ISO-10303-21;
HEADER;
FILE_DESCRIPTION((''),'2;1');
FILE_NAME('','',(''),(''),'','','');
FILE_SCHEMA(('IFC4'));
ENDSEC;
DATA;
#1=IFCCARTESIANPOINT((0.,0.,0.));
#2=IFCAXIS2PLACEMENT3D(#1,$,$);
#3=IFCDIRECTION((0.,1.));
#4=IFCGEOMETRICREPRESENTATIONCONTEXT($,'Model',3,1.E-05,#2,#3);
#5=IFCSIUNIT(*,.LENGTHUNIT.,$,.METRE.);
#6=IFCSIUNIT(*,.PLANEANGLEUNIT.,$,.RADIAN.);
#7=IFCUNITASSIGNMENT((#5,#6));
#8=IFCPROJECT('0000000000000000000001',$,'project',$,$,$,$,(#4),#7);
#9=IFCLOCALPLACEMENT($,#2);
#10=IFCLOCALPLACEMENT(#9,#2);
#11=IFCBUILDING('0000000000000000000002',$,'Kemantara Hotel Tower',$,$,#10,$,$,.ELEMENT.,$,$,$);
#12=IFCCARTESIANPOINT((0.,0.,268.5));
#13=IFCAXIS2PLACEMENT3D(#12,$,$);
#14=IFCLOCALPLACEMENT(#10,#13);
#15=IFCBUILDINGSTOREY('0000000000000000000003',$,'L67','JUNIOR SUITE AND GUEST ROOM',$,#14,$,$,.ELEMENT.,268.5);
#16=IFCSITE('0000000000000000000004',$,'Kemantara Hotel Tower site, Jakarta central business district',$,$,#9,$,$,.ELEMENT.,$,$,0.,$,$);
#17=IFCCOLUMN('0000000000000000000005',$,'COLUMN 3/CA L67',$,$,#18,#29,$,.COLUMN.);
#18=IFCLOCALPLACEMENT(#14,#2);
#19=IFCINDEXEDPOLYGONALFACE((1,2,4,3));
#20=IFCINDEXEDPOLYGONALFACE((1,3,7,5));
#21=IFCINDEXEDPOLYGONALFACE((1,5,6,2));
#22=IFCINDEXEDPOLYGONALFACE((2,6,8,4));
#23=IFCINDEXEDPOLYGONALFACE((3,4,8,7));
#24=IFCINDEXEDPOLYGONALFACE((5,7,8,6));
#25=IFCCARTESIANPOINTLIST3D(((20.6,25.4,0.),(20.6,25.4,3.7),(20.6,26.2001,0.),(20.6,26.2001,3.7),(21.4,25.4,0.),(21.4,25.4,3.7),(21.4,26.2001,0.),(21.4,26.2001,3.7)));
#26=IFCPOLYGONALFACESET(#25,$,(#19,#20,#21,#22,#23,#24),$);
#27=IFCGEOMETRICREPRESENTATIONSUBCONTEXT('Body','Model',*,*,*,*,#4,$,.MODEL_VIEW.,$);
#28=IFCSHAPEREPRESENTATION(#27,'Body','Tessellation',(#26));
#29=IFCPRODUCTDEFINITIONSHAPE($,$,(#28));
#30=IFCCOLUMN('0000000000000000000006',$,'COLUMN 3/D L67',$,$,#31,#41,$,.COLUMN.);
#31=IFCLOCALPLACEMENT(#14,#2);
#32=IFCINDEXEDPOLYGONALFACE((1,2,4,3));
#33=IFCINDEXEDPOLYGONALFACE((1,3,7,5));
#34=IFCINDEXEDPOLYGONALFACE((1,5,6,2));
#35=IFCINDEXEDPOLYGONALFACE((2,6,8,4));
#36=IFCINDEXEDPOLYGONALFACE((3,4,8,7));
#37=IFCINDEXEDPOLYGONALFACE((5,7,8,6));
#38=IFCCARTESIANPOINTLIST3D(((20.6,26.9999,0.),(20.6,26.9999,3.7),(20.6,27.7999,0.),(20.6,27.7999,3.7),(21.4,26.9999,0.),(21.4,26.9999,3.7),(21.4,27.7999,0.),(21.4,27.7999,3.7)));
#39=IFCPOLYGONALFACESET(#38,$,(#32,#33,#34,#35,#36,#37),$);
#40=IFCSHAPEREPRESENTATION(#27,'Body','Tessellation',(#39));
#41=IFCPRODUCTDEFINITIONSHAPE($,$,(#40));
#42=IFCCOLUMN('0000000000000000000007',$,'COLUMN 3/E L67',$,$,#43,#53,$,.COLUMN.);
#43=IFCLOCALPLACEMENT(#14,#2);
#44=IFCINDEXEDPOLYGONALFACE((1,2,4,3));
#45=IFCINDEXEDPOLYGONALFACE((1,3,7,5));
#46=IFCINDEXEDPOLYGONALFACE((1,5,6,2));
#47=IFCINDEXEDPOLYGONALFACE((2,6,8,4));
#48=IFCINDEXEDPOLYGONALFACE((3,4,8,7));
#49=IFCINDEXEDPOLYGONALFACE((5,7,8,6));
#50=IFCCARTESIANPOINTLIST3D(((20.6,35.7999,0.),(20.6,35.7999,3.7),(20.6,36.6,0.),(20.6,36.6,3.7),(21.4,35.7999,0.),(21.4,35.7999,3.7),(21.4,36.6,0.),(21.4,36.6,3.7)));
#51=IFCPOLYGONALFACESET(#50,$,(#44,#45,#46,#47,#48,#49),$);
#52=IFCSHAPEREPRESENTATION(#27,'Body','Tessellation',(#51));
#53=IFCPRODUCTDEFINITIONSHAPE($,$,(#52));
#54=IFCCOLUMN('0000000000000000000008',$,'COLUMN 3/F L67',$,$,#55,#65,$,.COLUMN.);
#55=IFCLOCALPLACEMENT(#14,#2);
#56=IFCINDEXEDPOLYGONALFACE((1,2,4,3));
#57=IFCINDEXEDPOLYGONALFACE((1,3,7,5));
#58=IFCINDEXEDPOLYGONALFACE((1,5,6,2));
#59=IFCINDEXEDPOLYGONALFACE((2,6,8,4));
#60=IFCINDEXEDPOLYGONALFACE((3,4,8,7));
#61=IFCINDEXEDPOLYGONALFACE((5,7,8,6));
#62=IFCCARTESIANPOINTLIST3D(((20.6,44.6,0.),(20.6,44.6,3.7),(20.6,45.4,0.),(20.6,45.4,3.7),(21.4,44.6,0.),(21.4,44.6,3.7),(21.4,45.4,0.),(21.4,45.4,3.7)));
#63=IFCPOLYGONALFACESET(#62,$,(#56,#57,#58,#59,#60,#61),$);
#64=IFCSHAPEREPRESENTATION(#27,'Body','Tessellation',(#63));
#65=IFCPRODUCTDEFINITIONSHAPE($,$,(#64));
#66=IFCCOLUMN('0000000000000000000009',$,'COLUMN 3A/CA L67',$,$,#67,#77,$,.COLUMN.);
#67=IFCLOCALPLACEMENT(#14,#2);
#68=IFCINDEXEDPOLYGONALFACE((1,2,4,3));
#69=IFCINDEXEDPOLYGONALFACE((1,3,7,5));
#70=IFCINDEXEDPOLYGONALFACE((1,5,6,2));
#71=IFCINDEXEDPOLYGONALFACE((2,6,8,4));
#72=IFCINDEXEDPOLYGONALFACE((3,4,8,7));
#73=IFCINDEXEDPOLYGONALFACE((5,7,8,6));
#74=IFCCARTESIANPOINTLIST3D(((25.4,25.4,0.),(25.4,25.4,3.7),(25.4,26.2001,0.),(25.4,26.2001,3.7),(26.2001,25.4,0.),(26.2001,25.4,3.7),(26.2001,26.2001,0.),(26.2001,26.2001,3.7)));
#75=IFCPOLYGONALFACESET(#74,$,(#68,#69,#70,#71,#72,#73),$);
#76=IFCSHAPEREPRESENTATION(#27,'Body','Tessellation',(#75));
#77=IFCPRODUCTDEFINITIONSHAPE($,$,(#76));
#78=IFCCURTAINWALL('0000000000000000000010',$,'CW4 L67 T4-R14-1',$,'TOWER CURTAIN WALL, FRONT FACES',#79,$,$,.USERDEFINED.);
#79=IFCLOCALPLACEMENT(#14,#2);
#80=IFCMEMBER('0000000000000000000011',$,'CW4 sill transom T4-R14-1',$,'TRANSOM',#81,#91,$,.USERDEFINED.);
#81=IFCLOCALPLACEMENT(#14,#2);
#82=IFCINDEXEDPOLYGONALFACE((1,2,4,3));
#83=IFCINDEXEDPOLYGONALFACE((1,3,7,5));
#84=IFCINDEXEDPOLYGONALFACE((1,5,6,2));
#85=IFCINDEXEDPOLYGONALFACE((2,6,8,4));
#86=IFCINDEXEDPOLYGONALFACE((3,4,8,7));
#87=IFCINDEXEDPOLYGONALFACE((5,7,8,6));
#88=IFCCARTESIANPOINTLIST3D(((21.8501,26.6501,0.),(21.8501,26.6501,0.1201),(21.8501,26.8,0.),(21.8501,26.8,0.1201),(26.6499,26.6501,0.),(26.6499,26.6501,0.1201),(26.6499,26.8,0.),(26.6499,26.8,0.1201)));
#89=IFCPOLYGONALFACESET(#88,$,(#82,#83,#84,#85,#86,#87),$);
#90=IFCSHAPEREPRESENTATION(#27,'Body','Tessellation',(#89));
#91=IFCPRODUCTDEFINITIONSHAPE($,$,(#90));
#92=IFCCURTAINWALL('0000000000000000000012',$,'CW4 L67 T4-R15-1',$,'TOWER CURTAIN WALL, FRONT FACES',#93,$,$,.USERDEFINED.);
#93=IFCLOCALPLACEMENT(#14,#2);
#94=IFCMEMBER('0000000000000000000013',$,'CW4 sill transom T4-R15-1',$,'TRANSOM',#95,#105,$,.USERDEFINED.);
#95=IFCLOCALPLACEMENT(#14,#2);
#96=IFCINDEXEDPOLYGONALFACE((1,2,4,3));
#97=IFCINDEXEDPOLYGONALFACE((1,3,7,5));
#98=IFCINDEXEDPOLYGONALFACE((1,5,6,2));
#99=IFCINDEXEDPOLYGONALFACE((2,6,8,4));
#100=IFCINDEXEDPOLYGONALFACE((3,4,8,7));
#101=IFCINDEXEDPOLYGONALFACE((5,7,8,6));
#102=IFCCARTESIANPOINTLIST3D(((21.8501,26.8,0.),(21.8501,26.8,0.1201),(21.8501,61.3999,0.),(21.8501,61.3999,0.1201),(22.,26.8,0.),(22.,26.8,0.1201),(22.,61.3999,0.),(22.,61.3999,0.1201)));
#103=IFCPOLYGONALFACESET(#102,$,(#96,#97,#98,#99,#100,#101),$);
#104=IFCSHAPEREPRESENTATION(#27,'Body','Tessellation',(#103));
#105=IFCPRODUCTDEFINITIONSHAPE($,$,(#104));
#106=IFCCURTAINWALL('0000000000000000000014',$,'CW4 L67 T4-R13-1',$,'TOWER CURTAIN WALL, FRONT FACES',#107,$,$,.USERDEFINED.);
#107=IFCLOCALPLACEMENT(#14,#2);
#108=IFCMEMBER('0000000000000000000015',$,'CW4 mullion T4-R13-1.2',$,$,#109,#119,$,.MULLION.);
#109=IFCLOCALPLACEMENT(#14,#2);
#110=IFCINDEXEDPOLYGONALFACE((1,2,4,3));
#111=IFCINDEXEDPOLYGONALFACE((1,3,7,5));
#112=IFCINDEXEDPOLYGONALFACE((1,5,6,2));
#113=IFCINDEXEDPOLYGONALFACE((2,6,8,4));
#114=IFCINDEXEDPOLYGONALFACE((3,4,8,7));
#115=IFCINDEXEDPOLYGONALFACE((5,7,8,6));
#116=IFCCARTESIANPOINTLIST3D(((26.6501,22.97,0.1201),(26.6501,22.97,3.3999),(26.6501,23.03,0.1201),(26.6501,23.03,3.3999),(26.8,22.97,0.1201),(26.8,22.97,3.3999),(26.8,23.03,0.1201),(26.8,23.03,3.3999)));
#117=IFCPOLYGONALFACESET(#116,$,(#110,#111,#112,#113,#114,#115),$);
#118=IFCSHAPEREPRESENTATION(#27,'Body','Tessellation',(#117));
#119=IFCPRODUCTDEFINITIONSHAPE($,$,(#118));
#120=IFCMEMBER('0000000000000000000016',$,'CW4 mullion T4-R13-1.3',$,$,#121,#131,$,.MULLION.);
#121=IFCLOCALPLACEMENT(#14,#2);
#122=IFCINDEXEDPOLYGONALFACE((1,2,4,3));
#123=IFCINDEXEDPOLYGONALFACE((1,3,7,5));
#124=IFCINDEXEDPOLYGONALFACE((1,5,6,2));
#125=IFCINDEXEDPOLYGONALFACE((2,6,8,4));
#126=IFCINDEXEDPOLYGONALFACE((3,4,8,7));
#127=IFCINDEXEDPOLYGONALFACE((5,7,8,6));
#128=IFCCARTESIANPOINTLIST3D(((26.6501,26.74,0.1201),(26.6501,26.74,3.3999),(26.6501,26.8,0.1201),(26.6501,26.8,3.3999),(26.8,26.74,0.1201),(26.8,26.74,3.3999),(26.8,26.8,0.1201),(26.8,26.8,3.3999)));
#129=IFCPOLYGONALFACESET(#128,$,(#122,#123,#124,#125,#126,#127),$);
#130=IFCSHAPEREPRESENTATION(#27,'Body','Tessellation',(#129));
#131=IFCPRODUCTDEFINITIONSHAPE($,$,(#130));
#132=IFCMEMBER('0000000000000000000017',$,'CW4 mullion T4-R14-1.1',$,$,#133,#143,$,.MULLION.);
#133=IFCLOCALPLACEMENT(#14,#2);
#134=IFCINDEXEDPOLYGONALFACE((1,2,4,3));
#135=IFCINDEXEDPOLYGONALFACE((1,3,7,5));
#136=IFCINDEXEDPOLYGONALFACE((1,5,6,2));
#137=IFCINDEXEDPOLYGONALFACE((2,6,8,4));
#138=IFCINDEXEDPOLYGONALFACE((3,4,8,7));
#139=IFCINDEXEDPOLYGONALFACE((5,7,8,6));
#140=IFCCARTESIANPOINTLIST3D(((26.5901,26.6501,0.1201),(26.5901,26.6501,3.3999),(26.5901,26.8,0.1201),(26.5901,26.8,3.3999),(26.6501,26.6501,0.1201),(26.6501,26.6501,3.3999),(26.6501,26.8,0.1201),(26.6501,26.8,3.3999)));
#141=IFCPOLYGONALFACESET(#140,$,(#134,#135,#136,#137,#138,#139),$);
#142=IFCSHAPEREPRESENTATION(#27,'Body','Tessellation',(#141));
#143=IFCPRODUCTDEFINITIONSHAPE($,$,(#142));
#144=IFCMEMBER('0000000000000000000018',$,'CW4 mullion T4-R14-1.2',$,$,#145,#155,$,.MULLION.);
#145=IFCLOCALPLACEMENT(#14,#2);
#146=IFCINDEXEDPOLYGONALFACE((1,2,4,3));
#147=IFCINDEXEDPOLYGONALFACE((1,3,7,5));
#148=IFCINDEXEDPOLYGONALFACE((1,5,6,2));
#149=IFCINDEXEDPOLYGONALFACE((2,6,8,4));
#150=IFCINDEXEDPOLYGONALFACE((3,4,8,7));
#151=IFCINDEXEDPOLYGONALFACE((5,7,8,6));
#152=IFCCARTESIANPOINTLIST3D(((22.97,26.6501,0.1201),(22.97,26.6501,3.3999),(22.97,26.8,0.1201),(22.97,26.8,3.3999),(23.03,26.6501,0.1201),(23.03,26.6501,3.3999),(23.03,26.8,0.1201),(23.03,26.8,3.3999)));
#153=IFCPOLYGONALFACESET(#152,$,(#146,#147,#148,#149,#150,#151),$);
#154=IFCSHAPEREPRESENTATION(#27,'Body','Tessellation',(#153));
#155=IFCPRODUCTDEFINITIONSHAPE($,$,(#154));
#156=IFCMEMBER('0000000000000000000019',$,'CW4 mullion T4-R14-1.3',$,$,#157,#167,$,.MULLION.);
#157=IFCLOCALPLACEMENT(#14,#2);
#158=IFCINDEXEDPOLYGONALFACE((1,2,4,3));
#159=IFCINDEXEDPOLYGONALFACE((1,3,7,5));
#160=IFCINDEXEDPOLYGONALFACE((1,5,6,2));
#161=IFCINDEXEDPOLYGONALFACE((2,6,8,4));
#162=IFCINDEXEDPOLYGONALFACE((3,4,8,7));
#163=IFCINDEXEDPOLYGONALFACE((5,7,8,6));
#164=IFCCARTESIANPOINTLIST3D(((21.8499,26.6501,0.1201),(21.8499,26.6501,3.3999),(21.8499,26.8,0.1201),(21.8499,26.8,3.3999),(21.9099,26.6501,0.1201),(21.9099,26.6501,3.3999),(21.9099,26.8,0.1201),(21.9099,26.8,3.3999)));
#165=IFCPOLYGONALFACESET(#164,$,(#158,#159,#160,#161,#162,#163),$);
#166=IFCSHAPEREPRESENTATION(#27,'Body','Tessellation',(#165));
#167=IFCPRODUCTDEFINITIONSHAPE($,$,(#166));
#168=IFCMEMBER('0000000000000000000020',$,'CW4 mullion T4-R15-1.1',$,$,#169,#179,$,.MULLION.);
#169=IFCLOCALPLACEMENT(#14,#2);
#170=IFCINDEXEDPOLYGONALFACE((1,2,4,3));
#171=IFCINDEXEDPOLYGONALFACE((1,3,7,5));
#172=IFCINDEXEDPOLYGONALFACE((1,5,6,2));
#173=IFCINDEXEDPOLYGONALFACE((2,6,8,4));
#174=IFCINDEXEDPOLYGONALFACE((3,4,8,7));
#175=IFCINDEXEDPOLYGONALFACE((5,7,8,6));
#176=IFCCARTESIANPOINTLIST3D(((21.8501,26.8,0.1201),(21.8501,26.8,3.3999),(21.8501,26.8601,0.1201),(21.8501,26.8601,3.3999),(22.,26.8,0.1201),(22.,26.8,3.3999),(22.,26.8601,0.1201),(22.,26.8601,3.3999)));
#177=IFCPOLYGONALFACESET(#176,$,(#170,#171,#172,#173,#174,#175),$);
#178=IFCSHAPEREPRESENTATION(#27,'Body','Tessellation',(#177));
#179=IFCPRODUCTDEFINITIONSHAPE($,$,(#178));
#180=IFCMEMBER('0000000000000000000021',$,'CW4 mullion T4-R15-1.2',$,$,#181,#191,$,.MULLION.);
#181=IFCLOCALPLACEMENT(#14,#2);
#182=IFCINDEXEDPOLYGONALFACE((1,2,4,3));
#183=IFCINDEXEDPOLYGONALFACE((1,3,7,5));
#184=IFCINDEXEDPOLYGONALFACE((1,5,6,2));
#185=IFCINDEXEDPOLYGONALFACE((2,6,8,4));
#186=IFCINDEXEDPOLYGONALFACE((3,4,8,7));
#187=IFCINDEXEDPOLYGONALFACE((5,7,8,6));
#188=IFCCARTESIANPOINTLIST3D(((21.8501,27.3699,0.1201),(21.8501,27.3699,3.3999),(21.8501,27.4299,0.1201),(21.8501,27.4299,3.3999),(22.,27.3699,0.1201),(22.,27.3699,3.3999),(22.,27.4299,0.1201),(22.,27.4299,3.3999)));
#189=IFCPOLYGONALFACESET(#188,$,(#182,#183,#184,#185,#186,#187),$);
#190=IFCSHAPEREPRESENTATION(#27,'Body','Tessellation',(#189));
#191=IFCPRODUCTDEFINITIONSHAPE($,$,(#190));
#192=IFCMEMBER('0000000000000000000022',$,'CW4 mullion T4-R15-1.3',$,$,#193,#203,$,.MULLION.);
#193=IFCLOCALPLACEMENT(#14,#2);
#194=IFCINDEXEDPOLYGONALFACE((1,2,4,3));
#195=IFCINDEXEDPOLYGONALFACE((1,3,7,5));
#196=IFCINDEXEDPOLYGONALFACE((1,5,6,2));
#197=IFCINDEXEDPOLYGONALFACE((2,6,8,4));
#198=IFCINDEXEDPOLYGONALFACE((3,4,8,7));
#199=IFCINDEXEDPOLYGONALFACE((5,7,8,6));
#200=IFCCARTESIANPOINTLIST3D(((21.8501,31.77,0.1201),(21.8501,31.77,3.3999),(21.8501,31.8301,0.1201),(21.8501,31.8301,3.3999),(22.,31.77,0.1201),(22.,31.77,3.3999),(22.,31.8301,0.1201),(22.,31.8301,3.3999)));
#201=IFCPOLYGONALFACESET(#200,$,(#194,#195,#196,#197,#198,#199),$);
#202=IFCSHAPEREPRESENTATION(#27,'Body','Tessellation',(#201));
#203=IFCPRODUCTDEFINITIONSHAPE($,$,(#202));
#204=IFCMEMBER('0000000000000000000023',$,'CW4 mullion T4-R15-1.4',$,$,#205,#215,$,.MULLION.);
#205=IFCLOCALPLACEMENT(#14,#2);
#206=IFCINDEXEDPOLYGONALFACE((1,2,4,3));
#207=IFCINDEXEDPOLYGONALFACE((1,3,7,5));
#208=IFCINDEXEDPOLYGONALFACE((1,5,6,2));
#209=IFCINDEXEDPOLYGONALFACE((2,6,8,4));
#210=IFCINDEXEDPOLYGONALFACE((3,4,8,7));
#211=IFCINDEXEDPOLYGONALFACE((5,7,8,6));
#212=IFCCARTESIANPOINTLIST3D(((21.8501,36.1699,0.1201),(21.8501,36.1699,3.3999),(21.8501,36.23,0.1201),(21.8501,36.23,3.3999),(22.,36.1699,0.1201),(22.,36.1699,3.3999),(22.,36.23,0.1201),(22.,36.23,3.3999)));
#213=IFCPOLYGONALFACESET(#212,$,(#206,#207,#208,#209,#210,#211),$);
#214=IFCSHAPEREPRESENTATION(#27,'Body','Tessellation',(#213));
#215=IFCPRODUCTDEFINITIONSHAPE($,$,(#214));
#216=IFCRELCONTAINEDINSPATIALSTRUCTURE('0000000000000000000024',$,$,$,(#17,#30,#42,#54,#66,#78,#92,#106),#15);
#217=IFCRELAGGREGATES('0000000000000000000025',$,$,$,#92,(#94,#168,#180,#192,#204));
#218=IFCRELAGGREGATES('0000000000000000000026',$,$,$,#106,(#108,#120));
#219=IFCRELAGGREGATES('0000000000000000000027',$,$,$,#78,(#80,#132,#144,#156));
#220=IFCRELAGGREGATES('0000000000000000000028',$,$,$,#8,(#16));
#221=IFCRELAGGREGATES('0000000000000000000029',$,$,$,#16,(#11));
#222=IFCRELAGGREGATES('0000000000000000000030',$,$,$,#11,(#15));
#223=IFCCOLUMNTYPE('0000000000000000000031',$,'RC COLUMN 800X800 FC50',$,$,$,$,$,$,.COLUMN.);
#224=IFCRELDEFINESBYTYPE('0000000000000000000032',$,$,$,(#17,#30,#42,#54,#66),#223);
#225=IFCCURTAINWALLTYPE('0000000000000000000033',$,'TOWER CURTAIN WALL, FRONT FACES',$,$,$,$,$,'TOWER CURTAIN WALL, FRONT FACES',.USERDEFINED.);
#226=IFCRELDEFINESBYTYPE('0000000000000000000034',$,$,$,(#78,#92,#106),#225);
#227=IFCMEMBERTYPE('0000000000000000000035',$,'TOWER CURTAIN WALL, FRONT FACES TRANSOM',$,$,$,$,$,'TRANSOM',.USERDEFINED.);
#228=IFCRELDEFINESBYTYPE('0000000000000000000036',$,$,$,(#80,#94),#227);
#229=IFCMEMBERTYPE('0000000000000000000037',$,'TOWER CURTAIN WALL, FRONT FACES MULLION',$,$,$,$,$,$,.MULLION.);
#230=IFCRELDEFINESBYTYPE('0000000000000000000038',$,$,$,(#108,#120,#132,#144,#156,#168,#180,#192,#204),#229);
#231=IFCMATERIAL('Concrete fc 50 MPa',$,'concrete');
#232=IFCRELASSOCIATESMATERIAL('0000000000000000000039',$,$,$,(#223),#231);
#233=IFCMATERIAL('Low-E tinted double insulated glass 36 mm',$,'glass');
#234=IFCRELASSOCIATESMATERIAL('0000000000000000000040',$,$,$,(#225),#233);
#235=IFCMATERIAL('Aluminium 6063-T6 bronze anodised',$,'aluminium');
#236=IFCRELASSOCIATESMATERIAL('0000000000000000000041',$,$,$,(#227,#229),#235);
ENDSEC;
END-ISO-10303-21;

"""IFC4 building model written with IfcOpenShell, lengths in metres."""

from ifc_helpers import new_model, si_unit, direction, frame, origin, origin_2d, place, context, subcontext, project, spatial, rectangle, extrude, source, transform, mapped, material, material_profile, profile_set, type_object, element, aggregate, save


model = new_model("IFC4")

# Units and contexts
model_context = context("Model", 3, precision=1e-05, world=origin(), true_north=direction((0.0, 1.0)))
body_context = subcontext(model_context, "Body", "Model", "MODEL_VIEW")
ifc_project = project(units=[si_unit("LENGTHUNIT", "METRE"), si_unit("PLANEANGLEUNIT", "RADIAN")], contexts=[model_context])

# Site, building, storey
site_placement = place(None, origin())
site = spatial("IfcSite", under=ifc_project, at=site_placement, Name="Kemantara Hotel Tower site, Jakarta central business district", CompositionType="ELEMENT", RefElevation=0.0)
building_placement = place(site_placement, origin())
building = spatial("IfcBuilding", under=site, at=building_placement, Name="Kemantara Hotel Tower", CompositionType="ELEMENT")
storey_placement = place(building_placement, frame((0.0, 0.0, 268.5)))
storey = spatial("IfcBuildingStorey", under=building, at=storey_placement, Name="L67", Description="JUNIOR SUITE AND GUEST ROOM", CompositionType="ELEMENT", Elevation=268.5)

# Columns
ifc_material_1 = material(Name="Concrete fc 50 MPa", Category="concrete")
ifc_material_profile_1 = material_profile(ifc_material_1, rectangle(XDim=0.8, YDim=0.8, at=origin_2d()), Name="RC 800X800")
ifc_profile_set_1 = profile_set([ifc_material_profile_1], Name="Concrete fc 50 MPa")
column_type = type_object("IfcColumnType", Name="RC COLUMN 800X800 FC50", PredefinedType="COLUMN", material=ifc_profile_set_1)
for number, where, z_axis, x_axis, name in (
    (1, (21.0, 25.8, 0.0), (0.0, 0.0, 1.0), (1.0, 0.0, 0.0), "COLUMN 3/CA L67"),
    (2, (21.0, 27.3999, 0.0), (0.0, 0.0, 1.0), (1.0, 0.0, 0.0), "COLUMN 3/D L67"),
    (3, (21.0, 36.2, 0.0), (0.0, 0.0, 1.0), (1.0, 0.0, 0.0), "COLUMN 3/E L67"),
    (4, (21.0, 45.0, 0.0), (0.0, 0.0, 1.0), (1.0, 0.0, 0.0), "COLUMN 3/F L67"),
    (5, (25.8, 25.8, 0.0), (0.0, 0.0, 1.0), (1.0, 0.0, 0.0), "COLUMN 3A/CA L67"),
):
    element("IfcColumn", number, at=place(storey_placement, frame(where, z_axis=z_axis, x_axis=x_axis)), inside=storey, type_object=column_type, Name=name, PredefinedType="COLUMN", context=body_context, shape_type="SweptSolid", body=[
        extrude(rectangle(XDim=0.8, YDim=0.8, at=origin_2d()), origin(), (0.0, 0.0, 1.0), 3.7),
    ])

# Curtain walls, members
ifc_material_2 = material(Name="Low-E tinted double insulated glass 36 mm", Category="glass")
curtain_wall_type = type_object("IfcCurtainWallType", Name="TOWER CURTAIN WALL, FRONT FACES", ElementType="TOWER CURTAIN WALL, FRONT FACES", PredefinedType="USERDEFINED", material=ifc_material_2)
curtain_wall_1_placement = place(storey_placement, origin())
curtain_wall_1 = element("IfcCurtainWall", 6, at=curtain_wall_1_placement, inside=storey, type_object=curtain_wall_type, Name="CW4 L67 T4-R14-1", ObjectType="TOWER CURTAIN WALL, FRONT FACES", PredefinedType="USERDEFINED")
ifc_material_3 = material(Name="Aluminium 6063-T6 bronze anodised", Category="aluminium")
ifc_material_profile_2 = material_profile(ifc_material_3, rectangle(XDim=0.1499, YDim=0.1201, at=origin_2d()), Name="TOWER CURTAIN WALL, FRONT FACES TRANSOM")
ifc_profile_set_2 = profile_set([ifc_material_profile_2], Name="Aluminium 6063-T6 bronze anodised")
member_type_1 = type_object("IfcMemberType", Name="TOWER CURTAIN WALL, FRONT FACES TRANSOM", ElementType="TRANSOM", PredefinedType="USERDEFINED", material=ifc_profile_set_2)
member_1_placement = place(storey_placement, frame((26.6499, 26.7251, 0.0601), z_axis=(-1.0, 0.0, 0.0), x_axis=(0.0, -1.0, 0.0)))
member_1 = element("IfcMember", 7, at=member_1_placement, type_object=member_type_1, Name="CW4 sill transom T4-R14-1", ObjectType="TRANSOM", PredefinedType="USERDEFINED", context=body_context, shape_type="SweptSolid", body=[
    extrude(rectangle(XDim=0.1499, YDim=0.1201, at=origin_2d()), origin(), (0.0, 0.0, 1.0), 4.7998),
])
curtain_wall_2_placement = place(storey_placement, origin())
curtain_wall_2 = element("IfcCurtainWall", 8, at=curtain_wall_2_placement, inside=storey, type_object=curtain_wall_type, Name="CW4 L67 T4-R15-1", ObjectType="TOWER CURTAIN WALL, FRONT FACES", PredefinedType="USERDEFINED")
member_2_placement = place(storey_placement, frame((21.925, 26.8, 0.0601), z_axis=(0.0, 1.0, 0.0), x_axis=(-1.0, 0.0, 0.0)))
member_2 = element("IfcMember", 9, at=member_2_placement, type_object=member_type_1, Name="CW4 sill transom T4-R15-1", ObjectType="TRANSOM", PredefinedType="USERDEFINED", context=body_context, shape_type="SweptSolid", body=[
    extrude(rectangle(XDim=0.1499, YDim=0.1201, at=origin_2d()), origin(), (0.0, 0.0, 1.0), 34.5999),
])

# Curtain wall, members
curtain_wall_3_placement = place(storey_placement, origin())
curtain_wall_3 = element("IfcCurtainWall", 10, at=curtain_wall_3_placement, inside=storey, type_object=curtain_wall_type, Name="CW4 L67 T4-R13-1", ObjectType="TOWER CURTAIN WALL, FRONT FACES", PredefinedType="USERDEFINED")
ifc_material_profile_3 = material_profile(ifc_material_3, rectangle(XDim=0.1499, YDim=0.0601, at=origin_2d()), Name="TOWER CURTAIN WALL, FRONT FACES MULLION")
ifc_profile_set_3 = profile_set([ifc_material_profile_3], Name="Aluminium 6063-T6 bronze anodised")
member_type_2 = type_object("IfcMemberType", Name="TOWER CURTAIN WALL, FRONT FACES MULLION", PredefinedType="MULLION", material=ifc_profile_set_3)
shared_shape_1 = source(origin(), body_context, "Body", "SweptSolid", [
    extrude(rectangle(XDim=0.1499, YDim=0.0601, at=origin_2d()), origin(), (0.0, 0.0, 1.0), 3.2798),
])
member_3_placement = place(storey_placement, frame((26.7251, 23.0, 0.1201), z_axis=(0.0, 0.0, 1.0), x_axis=(-1.0, 0.0, 0.0)))
member_3 = element("IfcMember", 11, at=member_3_placement, type_object=member_type_2, Name="CW4 mullion T4-R13-1.2", PredefinedType="MULLION", context=body_context, shape_type="MappedRepresentation", body=[
    mapped(shared_shape_1, transform((0.0, 0.0, 0.0))),
])
member_4_placement = place(storey_placement, frame((26.7251, 26.77, 0.1201), z_axis=(0.0, 0.0, 1.0), x_axis=(-1.0, 0.0, 0.0)))
member_4 = element("IfcMember", 12, at=member_4_placement, type_object=member_type_2, Name="CW4 mullion T4-R13-1.3", PredefinedType="MULLION", context=body_context, shape_type="MappedRepresentation", body=[
    mapped(shared_shape_1, transform((0.0, 0.0, 0.0))),
])

# Members
member_5_placement = place(storey_placement, frame((26.6201, 26.7251, 0.1201), z_axis=(0.0, 0.0, 1.0), x_axis=(0.0, -1.0, 0.0)))
member_5 = element("IfcMember", 13, at=member_5_placement, type_object=member_type_2, Name="CW4 mullion T4-R14-1.1", PredefinedType="MULLION", context=body_context, shape_type="MappedRepresentation", body=[
    mapped(shared_shape_1, transform((0.0, 0.0, 0.0))),
])
member_6_placement = place(storey_placement, frame((23.0, 26.7251, 0.1201), z_axis=(0.0, 0.0, 1.0), x_axis=(0.0, -1.0, 0.0)))
member_6 = element("IfcMember", 14, at=member_6_placement, type_object=member_type_2, Name="CW4 mullion T4-R14-1.2", PredefinedType="MULLION", context=body_context, shape_type="MappedRepresentation", body=[
    mapped(shared_shape_1, transform((0.0, 0.0, 0.0))),
])
member_7_placement = place(storey_placement, frame((21.8799, 26.7251, 0.1201), z_axis=(0.0, 0.0, 1.0), x_axis=(0.0, -1.0, 0.0)))
member_7 = element("IfcMember", 15, at=member_7_placement, type_object=member_type_2, Name="CW4 mullion T4-R14-1.3", PredefinedType="MULLION", context=body_context, shape_type="MappedRepresentation", body=[
    mapped(shared_shape_1, transform((0.0, 0.0, 0.0))),
])
member_8_placement = place(storey_placement, frame((21.925, 26.8301, 0.1201), z_axis=(0.0, 0.0, 1.0), x_axis=(-1.0, 0.0, 0.0)))
member_8 = element("IfcMember", 16, at=member_8_placement, type_object=member_type_2, Name="CW4 mullion T4-R15-1.1", PredefinedType="MULLION", context=body_context, shape_type="MappedRepresentation", body=[
    mapped(shared_shape_1, transform((0.0, 0.0, 0.0))),
])
member_9_placement = place(storey_placement, frame((21.925, 27.3999, 0.1201), z_axis=(0.0, 0.0, 1.0), x_axis=(-1.0, 0.0, 0.0)))
member_9 = element("IfcMember", 17, at=member_9_placement, type_object=member_type_2, Name="CW4 mullion T4-R15-1.2", PredefinedType="MULLION", context=body_context, shape_type="MappedRepresentation", body=[
    mapped(shared_shape_1, transform((0.0, 0.0, 0.0))),
])
member_10_placement = place(storey_placement, frame((21.925, 31.8, 0.1201), z_axis=(0.0, 0.0, 1.0), x_axis=(-1.0, 0.0, 0.0)))
member_10 = element("IfcMember", 18, at=member_10_placement, type_object=member_type_2, Name="CW4 mullion T4-R15-1.3", PredefinedType="MULLION", context=body_context, shape_type="MappedRepresentation", body=[
    mapped(shared_shape_1, transform((0.0, 0.0, 0.0))),
])
member_11_placement = place(storey_placement, frame((21.925, 36.2, 0.1201), z_axis=(0.0, 0.0, 1.0), x_axis=(-1.0, 0.0, 0.0)))
member_11 = element("IfcMember", 19, at=member_11_placement, type_object=member_type_2, Name="CW4 mullion T4-R15-1.4", PredefinedType="MULLION", context=body_context, shape_type="MappedRepresentation", body=[
    mapped(shared_shape_1, transform((0.0, 0.0, 0.0))),
])

aggregate(curtain_wall_2, [member_2, member_8, member_9, member_10, member_11])
aggregate(curtain_wall_3, [member_3, member_4])
aggregate(curtain_wall_1, [member_1, member_5, member_6, member_7])

save(model, "model.ifc")
